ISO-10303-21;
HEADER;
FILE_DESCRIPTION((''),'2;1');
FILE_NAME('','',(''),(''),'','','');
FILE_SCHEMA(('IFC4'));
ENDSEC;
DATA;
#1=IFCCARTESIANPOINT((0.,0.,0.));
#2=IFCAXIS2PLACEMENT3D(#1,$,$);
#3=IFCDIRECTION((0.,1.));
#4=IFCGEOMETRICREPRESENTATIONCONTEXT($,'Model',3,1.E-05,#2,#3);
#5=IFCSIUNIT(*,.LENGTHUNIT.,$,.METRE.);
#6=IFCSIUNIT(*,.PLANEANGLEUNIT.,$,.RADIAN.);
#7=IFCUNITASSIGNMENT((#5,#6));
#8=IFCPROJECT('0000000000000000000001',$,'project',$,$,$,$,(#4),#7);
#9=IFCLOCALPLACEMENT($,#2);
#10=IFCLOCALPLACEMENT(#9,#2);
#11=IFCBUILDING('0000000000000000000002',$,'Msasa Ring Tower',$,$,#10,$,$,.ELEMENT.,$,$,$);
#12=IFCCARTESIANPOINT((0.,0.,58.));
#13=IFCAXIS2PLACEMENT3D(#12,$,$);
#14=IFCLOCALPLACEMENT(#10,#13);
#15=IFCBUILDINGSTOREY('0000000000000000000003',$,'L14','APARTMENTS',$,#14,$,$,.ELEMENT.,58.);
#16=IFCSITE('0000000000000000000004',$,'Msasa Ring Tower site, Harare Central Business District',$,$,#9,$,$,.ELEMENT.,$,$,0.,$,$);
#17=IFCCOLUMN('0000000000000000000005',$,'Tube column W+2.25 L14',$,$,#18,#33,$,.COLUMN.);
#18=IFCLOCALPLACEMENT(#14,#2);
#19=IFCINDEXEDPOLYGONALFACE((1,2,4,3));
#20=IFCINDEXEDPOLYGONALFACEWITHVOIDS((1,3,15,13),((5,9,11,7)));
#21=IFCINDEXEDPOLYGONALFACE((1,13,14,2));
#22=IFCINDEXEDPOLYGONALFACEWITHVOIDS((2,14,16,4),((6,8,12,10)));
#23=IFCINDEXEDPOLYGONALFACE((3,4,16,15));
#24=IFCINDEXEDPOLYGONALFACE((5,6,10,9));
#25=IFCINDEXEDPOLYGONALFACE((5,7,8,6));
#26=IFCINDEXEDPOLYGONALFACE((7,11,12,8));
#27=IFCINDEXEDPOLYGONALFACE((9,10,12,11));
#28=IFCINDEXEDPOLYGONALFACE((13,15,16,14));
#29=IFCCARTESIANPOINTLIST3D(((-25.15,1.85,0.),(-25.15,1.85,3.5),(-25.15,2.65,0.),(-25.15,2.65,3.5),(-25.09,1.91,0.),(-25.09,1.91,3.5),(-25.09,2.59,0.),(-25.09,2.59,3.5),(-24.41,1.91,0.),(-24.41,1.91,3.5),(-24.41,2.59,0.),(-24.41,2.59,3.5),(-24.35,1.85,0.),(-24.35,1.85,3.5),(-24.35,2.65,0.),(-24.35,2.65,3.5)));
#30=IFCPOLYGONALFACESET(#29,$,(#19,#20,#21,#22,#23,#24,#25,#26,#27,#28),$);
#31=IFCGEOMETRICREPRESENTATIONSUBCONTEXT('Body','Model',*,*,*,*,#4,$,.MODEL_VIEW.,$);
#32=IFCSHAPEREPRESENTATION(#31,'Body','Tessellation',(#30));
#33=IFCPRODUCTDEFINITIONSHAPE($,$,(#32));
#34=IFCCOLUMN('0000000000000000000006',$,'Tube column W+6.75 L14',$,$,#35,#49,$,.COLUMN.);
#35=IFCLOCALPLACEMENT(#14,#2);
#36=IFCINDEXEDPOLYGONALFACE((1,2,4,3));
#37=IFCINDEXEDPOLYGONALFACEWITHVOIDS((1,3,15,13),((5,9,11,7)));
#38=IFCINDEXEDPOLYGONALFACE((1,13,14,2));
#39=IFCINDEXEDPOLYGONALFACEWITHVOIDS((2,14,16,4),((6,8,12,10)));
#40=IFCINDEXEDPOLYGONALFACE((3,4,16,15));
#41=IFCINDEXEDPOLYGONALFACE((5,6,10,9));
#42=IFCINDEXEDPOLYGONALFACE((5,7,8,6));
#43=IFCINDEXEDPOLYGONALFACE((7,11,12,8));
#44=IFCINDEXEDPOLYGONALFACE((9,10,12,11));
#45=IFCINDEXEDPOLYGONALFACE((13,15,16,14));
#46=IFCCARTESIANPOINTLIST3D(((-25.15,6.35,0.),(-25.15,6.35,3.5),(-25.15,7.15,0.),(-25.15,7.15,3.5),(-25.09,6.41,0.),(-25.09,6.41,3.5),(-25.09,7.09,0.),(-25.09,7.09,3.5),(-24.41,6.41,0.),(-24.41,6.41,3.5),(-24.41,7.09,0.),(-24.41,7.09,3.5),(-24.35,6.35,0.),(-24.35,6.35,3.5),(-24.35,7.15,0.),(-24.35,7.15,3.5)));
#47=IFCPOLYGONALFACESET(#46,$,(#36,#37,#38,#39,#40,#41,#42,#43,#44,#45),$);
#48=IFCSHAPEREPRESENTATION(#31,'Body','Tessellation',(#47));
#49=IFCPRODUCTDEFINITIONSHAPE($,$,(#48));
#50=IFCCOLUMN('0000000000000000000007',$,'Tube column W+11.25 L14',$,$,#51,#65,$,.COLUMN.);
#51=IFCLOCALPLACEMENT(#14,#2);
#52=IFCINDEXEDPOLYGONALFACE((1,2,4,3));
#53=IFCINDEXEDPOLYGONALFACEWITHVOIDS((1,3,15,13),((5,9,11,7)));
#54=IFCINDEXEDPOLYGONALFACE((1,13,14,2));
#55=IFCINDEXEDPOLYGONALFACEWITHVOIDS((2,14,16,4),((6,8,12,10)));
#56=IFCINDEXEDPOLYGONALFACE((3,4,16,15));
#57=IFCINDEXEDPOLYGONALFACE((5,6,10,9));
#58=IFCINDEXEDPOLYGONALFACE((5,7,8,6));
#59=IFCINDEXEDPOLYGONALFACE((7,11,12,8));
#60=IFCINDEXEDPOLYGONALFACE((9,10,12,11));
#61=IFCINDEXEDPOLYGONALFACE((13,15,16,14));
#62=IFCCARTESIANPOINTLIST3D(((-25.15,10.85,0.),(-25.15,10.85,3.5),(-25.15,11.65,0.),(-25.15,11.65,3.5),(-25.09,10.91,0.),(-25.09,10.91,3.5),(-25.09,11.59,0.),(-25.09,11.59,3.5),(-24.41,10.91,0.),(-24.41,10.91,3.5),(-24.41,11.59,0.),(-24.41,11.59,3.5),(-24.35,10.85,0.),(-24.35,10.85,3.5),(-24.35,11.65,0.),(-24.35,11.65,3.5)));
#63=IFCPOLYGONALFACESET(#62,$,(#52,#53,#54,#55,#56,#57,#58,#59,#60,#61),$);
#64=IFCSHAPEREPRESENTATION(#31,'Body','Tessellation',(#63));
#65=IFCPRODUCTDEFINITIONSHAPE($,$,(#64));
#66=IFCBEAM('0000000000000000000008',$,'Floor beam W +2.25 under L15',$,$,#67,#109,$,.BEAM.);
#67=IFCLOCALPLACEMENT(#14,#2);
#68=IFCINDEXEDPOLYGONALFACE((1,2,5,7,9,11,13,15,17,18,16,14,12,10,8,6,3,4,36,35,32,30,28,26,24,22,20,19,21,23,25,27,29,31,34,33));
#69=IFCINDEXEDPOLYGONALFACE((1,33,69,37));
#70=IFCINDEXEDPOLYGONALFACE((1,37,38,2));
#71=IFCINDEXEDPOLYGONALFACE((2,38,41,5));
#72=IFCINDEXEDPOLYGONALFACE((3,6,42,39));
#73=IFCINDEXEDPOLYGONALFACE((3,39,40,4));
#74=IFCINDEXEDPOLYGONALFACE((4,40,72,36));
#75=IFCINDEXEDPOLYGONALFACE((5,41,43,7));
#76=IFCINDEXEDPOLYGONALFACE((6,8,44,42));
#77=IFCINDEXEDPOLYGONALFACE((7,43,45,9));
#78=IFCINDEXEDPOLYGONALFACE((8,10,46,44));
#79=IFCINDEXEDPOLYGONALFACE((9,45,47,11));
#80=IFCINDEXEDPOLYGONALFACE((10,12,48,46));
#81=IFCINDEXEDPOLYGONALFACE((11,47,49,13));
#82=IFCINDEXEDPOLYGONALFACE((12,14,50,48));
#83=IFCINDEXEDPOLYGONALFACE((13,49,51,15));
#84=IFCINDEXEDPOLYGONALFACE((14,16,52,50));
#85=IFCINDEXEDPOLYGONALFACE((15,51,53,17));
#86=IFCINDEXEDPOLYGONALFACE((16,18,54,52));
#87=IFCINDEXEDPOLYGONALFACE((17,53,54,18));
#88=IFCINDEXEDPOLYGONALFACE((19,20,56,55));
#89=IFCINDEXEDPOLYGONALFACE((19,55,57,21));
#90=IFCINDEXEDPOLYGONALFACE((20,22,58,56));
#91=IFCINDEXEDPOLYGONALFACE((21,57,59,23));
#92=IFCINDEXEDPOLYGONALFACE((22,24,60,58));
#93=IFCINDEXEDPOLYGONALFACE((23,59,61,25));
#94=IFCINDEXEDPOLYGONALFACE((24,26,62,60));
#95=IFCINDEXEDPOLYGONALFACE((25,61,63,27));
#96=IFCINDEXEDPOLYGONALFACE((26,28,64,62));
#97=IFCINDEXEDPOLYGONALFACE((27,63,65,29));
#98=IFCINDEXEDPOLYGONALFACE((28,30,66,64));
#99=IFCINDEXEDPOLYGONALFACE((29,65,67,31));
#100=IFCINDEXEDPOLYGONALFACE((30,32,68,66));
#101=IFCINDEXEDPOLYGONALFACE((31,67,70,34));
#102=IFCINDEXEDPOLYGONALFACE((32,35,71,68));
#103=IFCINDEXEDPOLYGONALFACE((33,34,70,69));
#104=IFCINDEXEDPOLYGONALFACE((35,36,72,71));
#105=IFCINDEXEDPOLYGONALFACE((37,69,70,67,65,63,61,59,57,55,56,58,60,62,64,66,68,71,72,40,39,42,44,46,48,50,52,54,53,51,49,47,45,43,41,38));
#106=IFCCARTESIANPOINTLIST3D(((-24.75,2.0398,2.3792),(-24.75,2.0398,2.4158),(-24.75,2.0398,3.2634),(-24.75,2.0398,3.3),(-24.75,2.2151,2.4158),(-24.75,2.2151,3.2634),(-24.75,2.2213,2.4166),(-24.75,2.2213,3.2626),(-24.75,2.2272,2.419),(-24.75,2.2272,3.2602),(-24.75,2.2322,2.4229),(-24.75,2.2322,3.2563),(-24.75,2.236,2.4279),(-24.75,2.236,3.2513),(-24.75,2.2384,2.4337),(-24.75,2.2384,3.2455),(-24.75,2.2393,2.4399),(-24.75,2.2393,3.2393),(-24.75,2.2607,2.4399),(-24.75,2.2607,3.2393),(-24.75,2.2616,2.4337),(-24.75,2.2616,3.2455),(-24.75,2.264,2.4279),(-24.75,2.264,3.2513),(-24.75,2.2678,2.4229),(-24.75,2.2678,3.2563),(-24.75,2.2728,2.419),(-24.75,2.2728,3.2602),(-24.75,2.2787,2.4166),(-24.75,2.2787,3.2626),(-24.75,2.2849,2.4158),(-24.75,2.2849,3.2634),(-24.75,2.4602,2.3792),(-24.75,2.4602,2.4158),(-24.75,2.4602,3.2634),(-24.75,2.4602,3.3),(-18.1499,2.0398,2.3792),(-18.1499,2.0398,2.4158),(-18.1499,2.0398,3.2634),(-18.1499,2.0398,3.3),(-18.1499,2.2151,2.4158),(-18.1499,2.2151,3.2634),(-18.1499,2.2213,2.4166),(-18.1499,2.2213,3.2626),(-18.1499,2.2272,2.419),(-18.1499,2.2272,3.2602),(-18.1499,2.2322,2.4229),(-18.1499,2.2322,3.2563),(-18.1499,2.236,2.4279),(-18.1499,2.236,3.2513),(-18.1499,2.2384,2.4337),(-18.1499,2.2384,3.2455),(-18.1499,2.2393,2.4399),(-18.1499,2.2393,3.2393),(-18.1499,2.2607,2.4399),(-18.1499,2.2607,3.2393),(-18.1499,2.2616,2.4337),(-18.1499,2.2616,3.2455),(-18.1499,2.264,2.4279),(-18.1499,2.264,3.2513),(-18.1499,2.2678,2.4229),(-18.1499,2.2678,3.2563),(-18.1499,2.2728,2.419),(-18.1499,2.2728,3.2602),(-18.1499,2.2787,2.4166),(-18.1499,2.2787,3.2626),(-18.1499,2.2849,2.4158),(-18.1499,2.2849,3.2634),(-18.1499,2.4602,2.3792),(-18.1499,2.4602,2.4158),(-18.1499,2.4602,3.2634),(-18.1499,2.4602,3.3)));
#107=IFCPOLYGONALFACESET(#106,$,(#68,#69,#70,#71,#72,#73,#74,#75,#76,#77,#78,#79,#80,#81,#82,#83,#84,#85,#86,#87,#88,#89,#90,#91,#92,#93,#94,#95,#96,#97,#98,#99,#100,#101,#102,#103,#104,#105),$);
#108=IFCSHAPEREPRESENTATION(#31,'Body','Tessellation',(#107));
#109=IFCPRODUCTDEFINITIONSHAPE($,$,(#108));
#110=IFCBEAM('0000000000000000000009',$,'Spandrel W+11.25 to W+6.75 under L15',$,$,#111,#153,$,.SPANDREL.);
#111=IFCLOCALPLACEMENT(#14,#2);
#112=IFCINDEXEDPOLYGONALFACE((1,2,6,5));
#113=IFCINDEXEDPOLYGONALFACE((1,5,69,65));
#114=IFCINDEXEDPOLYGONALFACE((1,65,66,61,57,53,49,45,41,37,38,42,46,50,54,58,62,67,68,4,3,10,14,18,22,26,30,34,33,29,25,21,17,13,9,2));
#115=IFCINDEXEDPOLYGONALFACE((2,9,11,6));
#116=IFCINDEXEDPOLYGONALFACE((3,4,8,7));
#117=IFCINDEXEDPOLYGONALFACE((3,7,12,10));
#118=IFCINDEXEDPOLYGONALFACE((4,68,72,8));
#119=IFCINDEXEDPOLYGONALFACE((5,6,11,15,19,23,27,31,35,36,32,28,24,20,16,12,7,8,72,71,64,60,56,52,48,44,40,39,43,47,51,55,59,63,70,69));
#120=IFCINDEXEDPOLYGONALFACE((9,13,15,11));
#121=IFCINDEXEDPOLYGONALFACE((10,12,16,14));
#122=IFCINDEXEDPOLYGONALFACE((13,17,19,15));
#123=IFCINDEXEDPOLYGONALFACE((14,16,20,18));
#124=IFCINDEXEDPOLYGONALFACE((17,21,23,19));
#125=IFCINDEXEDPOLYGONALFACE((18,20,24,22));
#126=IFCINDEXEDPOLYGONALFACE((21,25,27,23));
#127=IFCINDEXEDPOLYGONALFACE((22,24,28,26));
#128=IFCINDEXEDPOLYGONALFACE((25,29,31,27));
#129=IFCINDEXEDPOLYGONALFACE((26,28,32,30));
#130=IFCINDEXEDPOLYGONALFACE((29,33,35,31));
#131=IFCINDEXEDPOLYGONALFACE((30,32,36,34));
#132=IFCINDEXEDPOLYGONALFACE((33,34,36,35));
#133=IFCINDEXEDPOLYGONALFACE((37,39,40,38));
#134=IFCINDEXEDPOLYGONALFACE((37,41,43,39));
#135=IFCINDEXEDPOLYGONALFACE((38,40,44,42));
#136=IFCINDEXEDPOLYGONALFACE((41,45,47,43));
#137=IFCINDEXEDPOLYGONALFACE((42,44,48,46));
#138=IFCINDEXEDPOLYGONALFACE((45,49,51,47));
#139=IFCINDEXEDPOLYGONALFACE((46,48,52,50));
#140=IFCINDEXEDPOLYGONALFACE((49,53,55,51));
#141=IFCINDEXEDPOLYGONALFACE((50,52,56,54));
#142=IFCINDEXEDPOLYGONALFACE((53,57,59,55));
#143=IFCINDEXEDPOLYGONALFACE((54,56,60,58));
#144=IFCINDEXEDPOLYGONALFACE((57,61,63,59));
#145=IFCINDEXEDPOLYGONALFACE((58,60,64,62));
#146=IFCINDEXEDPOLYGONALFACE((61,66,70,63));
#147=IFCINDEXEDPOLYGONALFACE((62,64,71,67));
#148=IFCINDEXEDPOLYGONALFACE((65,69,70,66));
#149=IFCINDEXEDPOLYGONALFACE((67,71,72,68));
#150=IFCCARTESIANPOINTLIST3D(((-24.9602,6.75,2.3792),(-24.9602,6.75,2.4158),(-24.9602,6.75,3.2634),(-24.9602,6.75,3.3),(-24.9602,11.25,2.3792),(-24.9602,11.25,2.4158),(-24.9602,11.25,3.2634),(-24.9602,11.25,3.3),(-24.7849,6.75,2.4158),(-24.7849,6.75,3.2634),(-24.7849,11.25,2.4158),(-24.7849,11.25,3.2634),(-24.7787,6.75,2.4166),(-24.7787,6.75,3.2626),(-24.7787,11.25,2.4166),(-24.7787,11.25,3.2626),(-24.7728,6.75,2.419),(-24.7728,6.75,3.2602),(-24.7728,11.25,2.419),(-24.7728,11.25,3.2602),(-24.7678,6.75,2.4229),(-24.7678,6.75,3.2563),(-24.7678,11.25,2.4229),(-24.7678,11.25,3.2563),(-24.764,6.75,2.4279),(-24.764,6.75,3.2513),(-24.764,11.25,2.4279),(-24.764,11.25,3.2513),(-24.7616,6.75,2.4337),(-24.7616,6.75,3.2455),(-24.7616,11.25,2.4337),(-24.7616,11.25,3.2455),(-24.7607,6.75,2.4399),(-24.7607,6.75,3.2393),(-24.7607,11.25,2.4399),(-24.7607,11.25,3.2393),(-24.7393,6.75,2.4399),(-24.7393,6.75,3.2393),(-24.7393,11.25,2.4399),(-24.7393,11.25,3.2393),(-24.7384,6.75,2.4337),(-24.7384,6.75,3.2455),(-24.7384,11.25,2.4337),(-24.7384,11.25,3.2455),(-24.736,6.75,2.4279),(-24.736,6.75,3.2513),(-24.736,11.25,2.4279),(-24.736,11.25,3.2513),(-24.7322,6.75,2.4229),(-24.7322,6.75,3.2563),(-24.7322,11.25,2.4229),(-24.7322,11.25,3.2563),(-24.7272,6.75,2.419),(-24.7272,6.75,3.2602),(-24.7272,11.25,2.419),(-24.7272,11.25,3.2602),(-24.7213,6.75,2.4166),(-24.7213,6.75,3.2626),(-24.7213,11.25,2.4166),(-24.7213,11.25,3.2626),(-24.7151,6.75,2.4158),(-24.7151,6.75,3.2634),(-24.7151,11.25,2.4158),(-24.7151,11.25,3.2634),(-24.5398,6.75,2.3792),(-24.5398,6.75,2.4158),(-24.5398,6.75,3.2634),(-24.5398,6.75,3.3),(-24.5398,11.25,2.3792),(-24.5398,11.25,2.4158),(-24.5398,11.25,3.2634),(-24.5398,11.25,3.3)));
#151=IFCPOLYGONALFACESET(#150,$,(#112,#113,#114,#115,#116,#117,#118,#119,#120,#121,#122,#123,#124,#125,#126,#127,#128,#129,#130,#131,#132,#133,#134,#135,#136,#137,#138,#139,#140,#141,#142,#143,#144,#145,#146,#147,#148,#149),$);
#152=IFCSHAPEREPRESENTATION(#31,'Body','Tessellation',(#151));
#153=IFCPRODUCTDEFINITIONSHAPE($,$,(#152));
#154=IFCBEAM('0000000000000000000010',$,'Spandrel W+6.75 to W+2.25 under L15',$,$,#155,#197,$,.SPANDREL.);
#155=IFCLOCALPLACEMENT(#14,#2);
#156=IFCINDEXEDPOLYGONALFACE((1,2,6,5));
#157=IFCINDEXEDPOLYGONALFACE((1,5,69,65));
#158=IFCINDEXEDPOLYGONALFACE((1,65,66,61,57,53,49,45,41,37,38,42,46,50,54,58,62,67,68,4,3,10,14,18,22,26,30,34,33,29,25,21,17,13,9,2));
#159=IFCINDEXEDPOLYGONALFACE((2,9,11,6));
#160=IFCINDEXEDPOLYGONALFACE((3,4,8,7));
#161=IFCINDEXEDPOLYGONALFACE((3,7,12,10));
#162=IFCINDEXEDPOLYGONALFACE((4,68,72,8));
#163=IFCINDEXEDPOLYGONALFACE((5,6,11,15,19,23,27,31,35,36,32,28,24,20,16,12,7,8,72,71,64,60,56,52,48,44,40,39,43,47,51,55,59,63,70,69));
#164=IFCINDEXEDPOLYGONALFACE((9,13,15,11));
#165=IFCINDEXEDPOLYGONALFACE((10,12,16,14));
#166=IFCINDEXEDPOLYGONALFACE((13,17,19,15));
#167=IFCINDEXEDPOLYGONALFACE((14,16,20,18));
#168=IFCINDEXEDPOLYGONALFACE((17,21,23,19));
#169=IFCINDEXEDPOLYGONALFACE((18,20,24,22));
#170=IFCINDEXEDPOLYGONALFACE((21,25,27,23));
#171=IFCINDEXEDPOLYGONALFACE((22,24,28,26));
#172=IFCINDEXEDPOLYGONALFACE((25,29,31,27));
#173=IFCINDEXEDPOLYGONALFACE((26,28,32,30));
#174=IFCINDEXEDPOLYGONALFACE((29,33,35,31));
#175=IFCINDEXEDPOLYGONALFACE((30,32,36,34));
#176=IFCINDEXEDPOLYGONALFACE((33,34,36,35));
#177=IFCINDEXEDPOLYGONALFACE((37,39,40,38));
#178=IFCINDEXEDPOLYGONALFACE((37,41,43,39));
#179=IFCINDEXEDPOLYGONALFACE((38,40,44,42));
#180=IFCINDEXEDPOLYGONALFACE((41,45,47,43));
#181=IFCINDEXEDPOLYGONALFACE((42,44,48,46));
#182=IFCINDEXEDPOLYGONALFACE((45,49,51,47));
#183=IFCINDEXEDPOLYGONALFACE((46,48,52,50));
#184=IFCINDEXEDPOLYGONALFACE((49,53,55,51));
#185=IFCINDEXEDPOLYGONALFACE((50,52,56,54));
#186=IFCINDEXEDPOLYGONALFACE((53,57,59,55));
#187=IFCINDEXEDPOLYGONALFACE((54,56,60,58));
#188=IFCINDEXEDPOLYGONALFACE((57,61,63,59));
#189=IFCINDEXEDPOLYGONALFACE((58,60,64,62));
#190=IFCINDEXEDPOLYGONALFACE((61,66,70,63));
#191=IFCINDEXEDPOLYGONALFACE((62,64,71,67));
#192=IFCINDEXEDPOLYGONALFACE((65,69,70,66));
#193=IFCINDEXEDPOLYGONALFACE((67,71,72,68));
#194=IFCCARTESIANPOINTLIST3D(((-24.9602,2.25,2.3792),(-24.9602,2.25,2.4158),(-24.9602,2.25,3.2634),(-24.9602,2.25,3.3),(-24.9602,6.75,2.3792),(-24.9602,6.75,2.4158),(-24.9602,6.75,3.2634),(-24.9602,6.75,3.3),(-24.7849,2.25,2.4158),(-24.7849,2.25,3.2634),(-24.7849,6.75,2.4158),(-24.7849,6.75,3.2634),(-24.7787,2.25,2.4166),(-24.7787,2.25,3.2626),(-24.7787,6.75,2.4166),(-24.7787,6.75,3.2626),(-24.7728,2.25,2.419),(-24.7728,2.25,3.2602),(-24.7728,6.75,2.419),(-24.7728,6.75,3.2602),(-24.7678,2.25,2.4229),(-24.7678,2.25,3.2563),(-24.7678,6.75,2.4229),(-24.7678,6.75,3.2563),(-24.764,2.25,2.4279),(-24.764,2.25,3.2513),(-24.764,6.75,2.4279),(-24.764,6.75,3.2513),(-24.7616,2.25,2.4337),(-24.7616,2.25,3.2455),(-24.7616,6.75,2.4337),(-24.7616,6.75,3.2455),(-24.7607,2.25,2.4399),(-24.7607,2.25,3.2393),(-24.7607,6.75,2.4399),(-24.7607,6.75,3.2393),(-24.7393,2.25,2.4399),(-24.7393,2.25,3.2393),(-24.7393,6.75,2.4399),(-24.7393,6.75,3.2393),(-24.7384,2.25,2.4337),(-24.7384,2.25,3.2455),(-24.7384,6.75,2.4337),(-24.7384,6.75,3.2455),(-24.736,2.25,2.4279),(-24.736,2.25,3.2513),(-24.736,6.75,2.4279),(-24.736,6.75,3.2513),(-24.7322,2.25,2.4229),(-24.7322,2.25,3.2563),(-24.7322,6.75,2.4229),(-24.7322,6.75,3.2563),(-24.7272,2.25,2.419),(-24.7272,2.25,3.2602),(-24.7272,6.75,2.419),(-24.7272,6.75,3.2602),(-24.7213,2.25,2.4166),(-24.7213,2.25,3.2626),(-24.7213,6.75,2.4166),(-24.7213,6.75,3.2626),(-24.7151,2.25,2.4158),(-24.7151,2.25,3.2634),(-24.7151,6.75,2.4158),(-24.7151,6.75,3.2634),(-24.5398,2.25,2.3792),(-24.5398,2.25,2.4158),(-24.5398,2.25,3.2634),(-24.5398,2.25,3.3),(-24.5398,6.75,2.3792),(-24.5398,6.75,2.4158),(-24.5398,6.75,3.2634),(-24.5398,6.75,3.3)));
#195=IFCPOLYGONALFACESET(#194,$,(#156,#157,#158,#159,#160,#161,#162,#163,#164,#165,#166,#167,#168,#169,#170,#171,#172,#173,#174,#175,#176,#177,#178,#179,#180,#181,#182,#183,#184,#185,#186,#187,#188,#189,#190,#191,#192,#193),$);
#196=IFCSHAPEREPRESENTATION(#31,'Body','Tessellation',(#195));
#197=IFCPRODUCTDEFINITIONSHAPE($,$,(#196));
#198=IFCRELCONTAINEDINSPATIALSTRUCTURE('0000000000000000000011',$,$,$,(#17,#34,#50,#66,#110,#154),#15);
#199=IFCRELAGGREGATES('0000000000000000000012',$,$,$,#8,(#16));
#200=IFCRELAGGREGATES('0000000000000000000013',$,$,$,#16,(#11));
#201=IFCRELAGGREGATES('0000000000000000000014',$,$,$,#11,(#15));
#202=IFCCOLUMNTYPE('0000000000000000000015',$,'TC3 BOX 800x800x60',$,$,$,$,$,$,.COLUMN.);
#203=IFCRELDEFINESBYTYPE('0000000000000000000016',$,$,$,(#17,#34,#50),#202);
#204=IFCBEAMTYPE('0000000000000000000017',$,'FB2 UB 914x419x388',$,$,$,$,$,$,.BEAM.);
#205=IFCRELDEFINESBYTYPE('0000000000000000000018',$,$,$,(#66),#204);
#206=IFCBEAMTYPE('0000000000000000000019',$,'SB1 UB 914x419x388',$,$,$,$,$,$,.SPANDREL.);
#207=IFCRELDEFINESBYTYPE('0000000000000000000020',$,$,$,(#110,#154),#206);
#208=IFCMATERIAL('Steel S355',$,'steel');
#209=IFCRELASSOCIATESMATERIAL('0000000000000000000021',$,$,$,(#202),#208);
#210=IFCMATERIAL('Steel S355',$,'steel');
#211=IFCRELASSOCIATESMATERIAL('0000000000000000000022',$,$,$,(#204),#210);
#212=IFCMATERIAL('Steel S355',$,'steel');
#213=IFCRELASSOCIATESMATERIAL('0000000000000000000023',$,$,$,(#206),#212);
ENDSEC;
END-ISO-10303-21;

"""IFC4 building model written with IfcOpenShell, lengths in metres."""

from ifc_helpers import new_model, si_unit, direction, frame, origin, origin_2d, place, context, subcontext, project, spatial, hollow_rectangle, i_section, extrude, material, material_profile, profile_set, type_object, element, save


model = new_model("IFC4")

# Units and contexts
model_context = context("Model", 3, precision=1e-05, world=origin(), true_north=direction((0.0, 1.0)))
body_context = subcontext(model_context, "Body", "Model", "MODEL_VIEW")
ifc_project = project(units=[si_unit("LENGTHUNIT", "METRE"), si_unit("PLANEANGLEUNIT", "RADIAN")], contexts=[model_context])

# Site, building, storey
site_placement = place(None, origin())
site = spatial("IfcSite", under=ifc_project, at=site_placement, Name="Msasa Ring Tower site, Harare Central Business District", CompositionType="ELEMENT", RefElevation=0.0)
building_placement = place(site_placement, origin())
building = spatial("IfcBuilding", under=site, at=building_placement, Name="Msasa Ring Tower", CompositionType="ELEMENT")
storey_placement = place(building_placement, frame((0.0, 0.0, 58.0)))
storey = spatial("IfcBuildingStorey", under=building, at=storey_placement, Name="L14", Description="APARTMENTS", CompositionType="ELEMENT", Elevation=58.0)

# Columns
ifc_material_1 = material(Name="Steel S355", Category="steel")
ifc_material_profile_1 = material_profile(ifc_material_1, hollow_rectangle(XDim=0.8, YDim=0.8, WallThickness=0.0601, at=origin_2d()), Name="BOX 800x800x60")
ifc_profile_set_1 = profile_set([ifc_material_profile_1], Name="Steel S355")
column_type = type_object("IfcColumnType", Name="TC3 BOX 800x800x60", PredefinedType="COLUMN", material=ifc_profile_set_1)
for number, where, z_axis, x_axis, name in (
    (1, (-24.75, 2.25, 0.0), (0.0, 0.0, 1.0), (1.0, 0.0, 0.0), "Tube column W+2.25 L14"),
    (2, (-24.75, 6.75, 0.0), (0.0, 0.0, 1.0), (1.0, 0.0, 0.0), "Tube column W+6.75 L14"),
    (3, (-24.75, 11.25, 0.0), (0.0, 0.0, 1.0), (1.0, 0.0, 0.0), "Tube column W+11.25 L14"),
):
    element("IfcColumn", number, at=place(storey_placement, frame(where, z_axis=z_axis, x_axis=x_axis)), inside=storey, type_object=column_type, Name=name, PredefinedType="COLUMN", context=body_context, shape_type="SweptSolid", body=[
        extrude(hollow_rectangle(XDim=0.8, YDim=0.8, WallThickness=0.0601, at=origin_2d()), origin(), (0.0, 0.0, 1.0), 3.5),
    ])

# Beams
ifc_material_2 = material(Name="Steel S355", Category="steel")
ifc_material_profile_2 = material_profile(ifc_material_2, i_section(OverallWidth=0.4204, OverallDepth=0.9209, WebThickness=0.0215, FlangeThickness=0.0366, FilletRadius=0.0242, at=origin_2d()), Name="UB 914x419x388")
ifc_profile_set_2 = profile_set([ifc_material_profile_2], Name="Steel S355")
beam_type_1 = type_object("IfcBeamType", Name="FB2 UB 914x419x388", PredefinedType="BEAM", material=ifc_profile_set_2)
beam_placement = place(storey_placement, frame((-24.75, 2.25, 2.8396), z_axis=(1.0, 0.0, 0.0), x_axis=(0.0, 1.0, 0.0)))
element("IfcBeam", 4, at=beam_placement, inside=storey, type_object=beam_type_1, Name="Floor beam W +2.25 under L15", PredefinedType="BEAM", context=body_context, shape_type="SweptSolid", body=[
    extrude(i_section(OverallWidth=0.4204, OverallDepth=0.9209, WebThickness=0.0215, FlangeThickness=0.0366, FilletRadius=0.0242, at=origin_2d()), origin(), (0.0, 0.0, 1.0), 6.6001),
])
ifc_material_3 = material(Name="Steel S355", Category="steel")
ifc_material_profile_3 = material_profile(ifc_material_3, i_section(OverallWidth=0.4204, OverallDepth=0.9209, WebThickness=0.0215, FlangeThickness=0.0366, FilletRadius=0.0242, at=origin_2d()), Name="UB 914x419x388")
ifc_profile_set_3 = profile_set([ifc_material_profile_3], Name="Steel S355")
beam_type_2 = type_object("IfcBeamType", Name="SB1 UB 914x419x388", PredefinedType="SPANDREL", material=ifc_profile_set_3)
for number, where, z_axis, x_axis, name in (
    (5, (-24.75, 11.25, 2.8396), (0.0, -1.0, 0.0), (1.0, 0.0, 0.0), "Spandrel W+11.25 to W+6.75 under L15"),
    (6, (-24.75, 6.75, 2.8396), (0.0, -1.0, 0.0), (1.0, 0.0, 0.0), "Spandrel W+6.75 to W+2.25 under L15"),
):
    element("IfcBeam", number, at=place(storey_placement, frame(where, z_axis=z_axis, x_axis=x_axis)), inside=storey, type_object=beam_type_2, Name=name, PredefinedType="SPANDREL", context=body_context, shape_type="SweptSolid", body=[
        extrude(i_section(OverallWidth=0.4204, OverallDepth=0.9209, WebThickness=0.0215, FlangeThickness=0.0366, FilletRadius=0.0242, at=origin_2d()), origin(), (0.0, 0.0, 1.0), 4.5),
    ])

save(model, "model.ifc")
